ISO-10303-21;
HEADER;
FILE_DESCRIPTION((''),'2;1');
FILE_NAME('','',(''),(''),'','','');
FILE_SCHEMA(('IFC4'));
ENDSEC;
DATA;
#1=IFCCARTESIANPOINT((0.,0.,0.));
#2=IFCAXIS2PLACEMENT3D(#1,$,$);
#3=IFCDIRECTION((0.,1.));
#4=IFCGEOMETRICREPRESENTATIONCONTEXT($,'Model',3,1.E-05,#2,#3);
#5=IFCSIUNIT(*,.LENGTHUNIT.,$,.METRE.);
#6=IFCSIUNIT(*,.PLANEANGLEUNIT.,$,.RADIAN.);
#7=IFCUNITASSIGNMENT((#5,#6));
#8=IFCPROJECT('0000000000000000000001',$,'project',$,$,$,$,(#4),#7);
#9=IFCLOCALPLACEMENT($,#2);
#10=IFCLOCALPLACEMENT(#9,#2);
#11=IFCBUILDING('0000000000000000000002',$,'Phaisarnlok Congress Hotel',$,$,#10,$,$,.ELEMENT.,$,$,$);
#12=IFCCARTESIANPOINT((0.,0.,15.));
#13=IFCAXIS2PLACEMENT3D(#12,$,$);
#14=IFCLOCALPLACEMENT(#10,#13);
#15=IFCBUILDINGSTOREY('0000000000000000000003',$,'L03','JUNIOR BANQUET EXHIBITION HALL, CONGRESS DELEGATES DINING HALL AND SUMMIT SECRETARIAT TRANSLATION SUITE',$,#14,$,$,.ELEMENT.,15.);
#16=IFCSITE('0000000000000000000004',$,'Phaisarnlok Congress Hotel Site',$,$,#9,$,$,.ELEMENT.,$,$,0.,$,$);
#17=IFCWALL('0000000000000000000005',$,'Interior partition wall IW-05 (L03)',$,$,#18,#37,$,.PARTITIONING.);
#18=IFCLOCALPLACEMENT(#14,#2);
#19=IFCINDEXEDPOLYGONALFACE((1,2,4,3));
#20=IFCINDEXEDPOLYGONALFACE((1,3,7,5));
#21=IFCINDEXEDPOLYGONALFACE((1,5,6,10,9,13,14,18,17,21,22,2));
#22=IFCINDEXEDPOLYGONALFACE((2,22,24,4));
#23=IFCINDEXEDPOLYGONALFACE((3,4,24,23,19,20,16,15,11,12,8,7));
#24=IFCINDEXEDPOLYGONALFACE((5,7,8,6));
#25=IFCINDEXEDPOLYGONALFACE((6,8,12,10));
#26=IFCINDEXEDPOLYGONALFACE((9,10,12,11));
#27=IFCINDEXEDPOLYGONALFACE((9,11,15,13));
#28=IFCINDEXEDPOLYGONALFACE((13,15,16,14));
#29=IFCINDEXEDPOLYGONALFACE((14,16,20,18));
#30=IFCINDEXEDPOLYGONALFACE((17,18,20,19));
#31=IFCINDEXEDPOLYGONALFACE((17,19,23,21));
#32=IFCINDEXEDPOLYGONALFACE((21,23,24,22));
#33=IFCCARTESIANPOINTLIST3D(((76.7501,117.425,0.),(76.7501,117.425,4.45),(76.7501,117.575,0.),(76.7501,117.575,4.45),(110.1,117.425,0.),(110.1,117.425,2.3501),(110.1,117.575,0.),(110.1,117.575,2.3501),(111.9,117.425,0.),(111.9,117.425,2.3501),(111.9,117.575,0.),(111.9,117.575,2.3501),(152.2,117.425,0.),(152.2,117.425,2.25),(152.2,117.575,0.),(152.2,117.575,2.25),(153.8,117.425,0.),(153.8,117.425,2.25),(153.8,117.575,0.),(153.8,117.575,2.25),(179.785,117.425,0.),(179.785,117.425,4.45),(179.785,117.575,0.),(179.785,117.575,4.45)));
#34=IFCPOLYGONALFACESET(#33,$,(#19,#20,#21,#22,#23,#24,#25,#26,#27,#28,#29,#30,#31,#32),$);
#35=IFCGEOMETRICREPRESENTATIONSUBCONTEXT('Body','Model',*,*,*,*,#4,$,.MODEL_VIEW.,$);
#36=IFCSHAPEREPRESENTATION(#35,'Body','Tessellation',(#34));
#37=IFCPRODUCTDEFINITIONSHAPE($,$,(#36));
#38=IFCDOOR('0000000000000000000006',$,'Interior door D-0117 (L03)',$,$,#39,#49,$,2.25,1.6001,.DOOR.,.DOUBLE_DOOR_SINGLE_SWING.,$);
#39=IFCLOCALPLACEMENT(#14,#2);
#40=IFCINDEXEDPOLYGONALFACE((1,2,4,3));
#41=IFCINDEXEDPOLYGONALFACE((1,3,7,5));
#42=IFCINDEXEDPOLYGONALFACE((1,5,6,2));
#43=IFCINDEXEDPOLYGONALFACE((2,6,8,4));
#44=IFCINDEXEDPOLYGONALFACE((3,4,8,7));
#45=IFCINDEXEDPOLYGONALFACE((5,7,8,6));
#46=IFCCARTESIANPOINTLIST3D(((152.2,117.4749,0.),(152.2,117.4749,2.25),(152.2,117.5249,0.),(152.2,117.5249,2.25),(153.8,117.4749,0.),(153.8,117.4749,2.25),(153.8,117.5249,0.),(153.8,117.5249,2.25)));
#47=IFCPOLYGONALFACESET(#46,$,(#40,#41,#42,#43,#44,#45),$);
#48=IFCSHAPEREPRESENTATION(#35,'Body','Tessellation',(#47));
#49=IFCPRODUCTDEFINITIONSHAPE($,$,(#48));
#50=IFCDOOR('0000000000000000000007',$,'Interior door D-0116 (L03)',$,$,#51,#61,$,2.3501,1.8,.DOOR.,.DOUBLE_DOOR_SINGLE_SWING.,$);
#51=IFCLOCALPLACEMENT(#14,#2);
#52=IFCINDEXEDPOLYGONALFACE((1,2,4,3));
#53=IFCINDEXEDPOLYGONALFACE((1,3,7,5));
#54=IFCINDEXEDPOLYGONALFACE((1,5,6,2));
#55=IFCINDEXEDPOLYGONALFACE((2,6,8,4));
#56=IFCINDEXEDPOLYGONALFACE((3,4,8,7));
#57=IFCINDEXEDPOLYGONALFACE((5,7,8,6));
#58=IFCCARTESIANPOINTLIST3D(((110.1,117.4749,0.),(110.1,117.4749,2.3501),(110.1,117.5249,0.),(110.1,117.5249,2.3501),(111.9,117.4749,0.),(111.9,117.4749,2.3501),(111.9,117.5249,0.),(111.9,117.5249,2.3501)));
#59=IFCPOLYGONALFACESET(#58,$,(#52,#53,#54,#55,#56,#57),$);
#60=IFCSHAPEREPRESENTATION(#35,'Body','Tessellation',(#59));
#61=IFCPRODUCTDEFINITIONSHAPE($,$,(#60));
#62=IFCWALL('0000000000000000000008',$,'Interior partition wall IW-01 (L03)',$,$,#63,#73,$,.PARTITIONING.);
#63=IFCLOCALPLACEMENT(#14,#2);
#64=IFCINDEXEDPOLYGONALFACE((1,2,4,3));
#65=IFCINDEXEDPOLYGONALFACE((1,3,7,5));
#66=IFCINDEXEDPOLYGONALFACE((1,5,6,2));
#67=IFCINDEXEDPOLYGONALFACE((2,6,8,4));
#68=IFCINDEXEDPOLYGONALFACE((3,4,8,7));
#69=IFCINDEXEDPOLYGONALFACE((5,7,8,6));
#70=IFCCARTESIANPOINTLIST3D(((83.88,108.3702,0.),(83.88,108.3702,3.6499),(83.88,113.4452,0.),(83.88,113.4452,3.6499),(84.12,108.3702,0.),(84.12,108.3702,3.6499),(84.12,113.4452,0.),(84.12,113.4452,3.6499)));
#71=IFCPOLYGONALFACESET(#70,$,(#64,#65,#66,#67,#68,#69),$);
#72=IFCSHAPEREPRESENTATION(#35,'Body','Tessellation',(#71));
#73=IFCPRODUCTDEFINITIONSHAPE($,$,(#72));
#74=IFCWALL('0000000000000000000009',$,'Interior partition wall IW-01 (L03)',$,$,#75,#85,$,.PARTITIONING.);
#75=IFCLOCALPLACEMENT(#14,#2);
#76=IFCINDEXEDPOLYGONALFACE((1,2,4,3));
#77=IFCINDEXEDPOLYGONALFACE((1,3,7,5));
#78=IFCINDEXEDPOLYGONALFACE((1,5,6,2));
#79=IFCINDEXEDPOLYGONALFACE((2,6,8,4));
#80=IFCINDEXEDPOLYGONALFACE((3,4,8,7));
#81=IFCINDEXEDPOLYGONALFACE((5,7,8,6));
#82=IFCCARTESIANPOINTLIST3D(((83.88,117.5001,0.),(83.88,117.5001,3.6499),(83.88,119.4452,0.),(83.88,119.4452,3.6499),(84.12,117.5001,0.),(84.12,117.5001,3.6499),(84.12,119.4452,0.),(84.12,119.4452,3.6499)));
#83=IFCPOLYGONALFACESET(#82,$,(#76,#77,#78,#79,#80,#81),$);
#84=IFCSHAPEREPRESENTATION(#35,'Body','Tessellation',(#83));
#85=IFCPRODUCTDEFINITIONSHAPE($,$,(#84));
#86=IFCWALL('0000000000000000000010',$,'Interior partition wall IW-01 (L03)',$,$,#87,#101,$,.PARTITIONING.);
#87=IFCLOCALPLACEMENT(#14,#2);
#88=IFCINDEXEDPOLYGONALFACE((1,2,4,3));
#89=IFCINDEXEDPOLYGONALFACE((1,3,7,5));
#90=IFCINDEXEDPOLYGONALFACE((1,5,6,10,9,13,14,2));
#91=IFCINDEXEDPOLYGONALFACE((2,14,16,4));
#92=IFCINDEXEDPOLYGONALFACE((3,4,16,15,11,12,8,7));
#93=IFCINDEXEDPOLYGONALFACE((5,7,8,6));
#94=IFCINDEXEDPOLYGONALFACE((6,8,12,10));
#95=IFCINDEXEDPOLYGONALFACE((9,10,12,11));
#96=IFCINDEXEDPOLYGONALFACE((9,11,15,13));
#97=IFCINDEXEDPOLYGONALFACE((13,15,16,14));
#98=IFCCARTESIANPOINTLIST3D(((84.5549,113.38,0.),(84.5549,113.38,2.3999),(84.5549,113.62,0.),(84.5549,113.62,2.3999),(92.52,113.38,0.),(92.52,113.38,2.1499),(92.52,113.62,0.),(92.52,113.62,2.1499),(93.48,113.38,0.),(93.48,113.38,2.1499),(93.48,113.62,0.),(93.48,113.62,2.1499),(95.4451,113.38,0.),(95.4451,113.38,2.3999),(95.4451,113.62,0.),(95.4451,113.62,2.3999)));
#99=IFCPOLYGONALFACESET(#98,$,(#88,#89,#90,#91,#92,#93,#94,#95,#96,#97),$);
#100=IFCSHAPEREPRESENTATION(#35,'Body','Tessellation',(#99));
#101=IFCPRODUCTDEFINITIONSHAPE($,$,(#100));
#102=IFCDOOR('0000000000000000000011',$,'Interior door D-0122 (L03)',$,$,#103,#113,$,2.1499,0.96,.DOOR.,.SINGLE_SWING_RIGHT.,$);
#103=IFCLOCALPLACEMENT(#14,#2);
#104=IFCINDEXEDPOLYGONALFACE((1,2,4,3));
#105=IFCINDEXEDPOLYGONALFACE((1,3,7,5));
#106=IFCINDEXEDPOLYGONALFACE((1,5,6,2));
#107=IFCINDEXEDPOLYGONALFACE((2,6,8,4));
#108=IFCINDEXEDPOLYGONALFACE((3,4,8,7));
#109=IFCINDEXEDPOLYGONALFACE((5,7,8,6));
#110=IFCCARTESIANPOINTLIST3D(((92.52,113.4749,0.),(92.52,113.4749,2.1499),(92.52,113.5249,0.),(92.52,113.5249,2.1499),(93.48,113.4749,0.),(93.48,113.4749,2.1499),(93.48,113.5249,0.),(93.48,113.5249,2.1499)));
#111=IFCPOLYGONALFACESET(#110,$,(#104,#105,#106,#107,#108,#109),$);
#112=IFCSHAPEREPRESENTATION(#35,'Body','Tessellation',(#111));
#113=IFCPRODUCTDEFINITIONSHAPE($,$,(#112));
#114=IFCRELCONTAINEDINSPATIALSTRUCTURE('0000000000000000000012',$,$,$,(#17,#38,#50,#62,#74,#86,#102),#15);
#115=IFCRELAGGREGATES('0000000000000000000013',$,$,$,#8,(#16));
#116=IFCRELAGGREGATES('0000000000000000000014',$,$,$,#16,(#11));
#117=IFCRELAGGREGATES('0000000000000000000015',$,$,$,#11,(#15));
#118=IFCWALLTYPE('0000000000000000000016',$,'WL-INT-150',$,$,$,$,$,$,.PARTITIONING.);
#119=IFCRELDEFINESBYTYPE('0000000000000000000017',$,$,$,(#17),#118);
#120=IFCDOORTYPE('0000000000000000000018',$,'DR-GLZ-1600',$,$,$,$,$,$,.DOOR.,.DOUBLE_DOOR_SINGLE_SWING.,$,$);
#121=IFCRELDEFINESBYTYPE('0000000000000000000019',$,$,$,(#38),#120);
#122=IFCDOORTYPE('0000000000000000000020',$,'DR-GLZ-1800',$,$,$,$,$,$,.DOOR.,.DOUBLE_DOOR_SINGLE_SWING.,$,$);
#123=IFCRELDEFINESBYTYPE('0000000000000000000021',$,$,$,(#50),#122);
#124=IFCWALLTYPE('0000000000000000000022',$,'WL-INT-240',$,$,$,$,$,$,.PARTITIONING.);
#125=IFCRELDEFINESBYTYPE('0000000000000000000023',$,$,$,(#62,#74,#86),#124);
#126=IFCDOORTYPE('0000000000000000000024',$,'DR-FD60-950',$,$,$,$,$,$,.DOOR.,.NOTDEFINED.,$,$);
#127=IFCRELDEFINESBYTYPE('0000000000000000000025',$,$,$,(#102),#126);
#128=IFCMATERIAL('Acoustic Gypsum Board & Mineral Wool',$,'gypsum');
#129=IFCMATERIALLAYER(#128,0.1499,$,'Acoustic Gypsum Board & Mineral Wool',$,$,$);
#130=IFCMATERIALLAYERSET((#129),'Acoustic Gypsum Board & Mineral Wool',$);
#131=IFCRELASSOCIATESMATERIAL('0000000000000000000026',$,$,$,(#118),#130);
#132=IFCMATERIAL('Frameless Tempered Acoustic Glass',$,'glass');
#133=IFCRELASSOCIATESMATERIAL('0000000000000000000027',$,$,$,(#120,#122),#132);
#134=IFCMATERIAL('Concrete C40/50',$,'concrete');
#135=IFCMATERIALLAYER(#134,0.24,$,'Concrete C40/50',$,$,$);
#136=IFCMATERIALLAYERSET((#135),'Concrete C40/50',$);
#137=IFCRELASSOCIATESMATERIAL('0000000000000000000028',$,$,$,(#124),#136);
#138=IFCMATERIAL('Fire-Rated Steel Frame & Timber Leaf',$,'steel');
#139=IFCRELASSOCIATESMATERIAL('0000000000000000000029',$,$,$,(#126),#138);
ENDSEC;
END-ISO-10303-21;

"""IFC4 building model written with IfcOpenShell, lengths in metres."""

from ifc_helpers import new_model, si_unit, direction, frame, frame_2d, origin, place, context, subcontext, project, spatial, rectangle, extrude, material, layer, layer_set, type_object, element, fill, save


model = new_model("IFC4")

# Units and contexts
model_context = context("Model", 3, precision=1e-05, world=origin(), true_north=direction((0.0, 1.0)))
body_context = subcontext(model_context, "Body", "Model", "MODEL_VIEW")
ifc_project = project(units=[si_unit("LENGTHUNIT", "METRE"), si_unit("PLANEANGLEUNIT", "RADIAN")], contexts=[model_context])

# Site, building, storey
site_placement = place(None, origin())
site = spatial("IfcSite", under=ifc_project, at=site_placement, Name="Phaisarnlok Congress Hotel Site", CompositionType="ELEMENT", RefElevation=0.0)
building_placement = place(site_placement, origin())
building = spatial("IfcBuilding", under=site, at=building_placement, Name="Phaisarnlok Congress Hotel", CompositionType="ELEMENT")
storey_placement = place(building_placement, frame((0.0, 0.0, 15.0)))
storey = spatial("IfcBuildingStorey", under=building, at=storey_placement, Name="L03", Description="JUNIOR BANQUET EXHIBITION HALL, CONGRESS DELEGATES DINING HALL AND SUMMIT SECRETARIAT TRANSLATION SUITE", CompositionType="ELEMENT", Elevation=15.0)

# Shared definitions
ifc_material_1 = material(Name="Concrete C40/50", Category="concrete")

# Wall, openings, doors
ifc_material_2 = material(Name="Acoustic Gypsum Board & Mineral Wool", Category="gypsum")
ifc_layer_1 = layer(ifc_material_2, 0.1499, Name="Acoustic Gypsum Board & Mineral Wool")
ifc_layer_set_1 = layer_set([ifc_layer_1], Name="Acoustic Gypsum Board & Mineral Wool")
wall_type_1 = type_object("IfcWallType", Name="WL-INT-150", PredefinedType="PARTITIONING", material=ifc_layer_set_1)
wall_1_placement = place(storey_placement, frame((76.75, 117.5, 0.0), z_axis=(0.0, 0.0, 1.0), x_axis=(1.0, 0.0, 0.0)))
wall_1 = element("IfcWall", 1, at=wall_1_placement, inside=storey, type_object=wall_type_1, Name="Interior partition wall IW-05 (L03)", PredefinedType="PARTITIONING", context=body_context, shape_type="SweptSolid", body=[
    extrude(rectangle(XDim=103.0349, YDim=0.1499, at=frame_2d((51.5176, 0.0))), origin(), (0.0, 0.0, 1.0), 4.45),
])
opening_1_placement = place(wall_1_placement, frame((33.3501, 0.0, 0.0)))
opening_1 = element("IfcOpeningElement", 2, at=opening_1_placement, cuts=wall_1, PredefinedType="OPENING", context=body_context, shape_type="SweptSolid", body=[
    extrude(rectangle(XDim=1.8, YDim=2.3501, at=frame_2d((0.8999, 1.175))), frame((0.0, 0.085, 0.0), z_axis=(0.0, -1.0, 0.0), x_axis=(1.0, 0.0, 0.0)), (0.0, 0.0, 1.0), 0.1699),
])
opening_2_placement = place(wall_1_placement, frame((75.45, 0.0, 0.0)))
opening_2 = element("IfcOpeningElement", 3, at=opening_2_placement, cuts=wall_1, PredefinedType="OPENING", context=body_context, shape_type="SweptSolid", body=[
    extrude(rectangle(XDim=1.6001, YDim=2.25, at=frame_2d((0.8, 1.125))), frame((0.0, 0.085, 0.0), z_axis=(0.0, -1.0, 0.0), x_axis=(1.0, 0.0, 0.0)), (0.0, 0.0, 1.0), 0.1699),
])
ifc_material_3 = material(Name="Frameless Tempered Acoustic Glass", Category="glass")
door_type_1 = type_object("IfcDoorType", Name="DR-GLZ-1600", OperationType="DOUBLE_DOOR_SINGLE_SWING", PredefinedType="DOOR", material=ifc_material_3)
door_1_placement = place(opening_2_placement, origin())
door_1 = element("IfcDoor", 4, at=door_1_placement, inside=storey, type_object=door_type_1, Name="Interior door D-0117 (L03)", OperationType="DOUBLE_DOOR_SINGLE_SWING", OverallHeight=2.25, OverallWidth=1.6001, PredefinedType="DOOR", context=body_context, shape_type="SweptSolid", body=[
    extrude(rectangle(XDim=1.6001, YDim=2.25, at=frame_2d((0.8, 1.125))), frame((0.0, 0.0249, 0.0), z_axis=(0.0, -1.0, 0.0), x_axis=(1.0, 0.0, 0.0)), (0.0, 0.0, 1.0), 0.05),
])
fill(opening_2, door_1)
door_type_2 = type_object("IfcDoorType", Name="DR-GLZ-1800", OperationType="DOUBLE_DOOR_SINGLE_SWING", PredefinedType="DOOR", material=ifc_material_3)
door_2_placement = place(opening_1_placement, origin())
door_2 = element("IfcDoor", 5, at=door_2_placement, inside=storey, type_object=door_type_2, Name="Interior door D-0116 (L03)", OperationType="DOUBLE_DOOR_SINGLE_SWING", OverallHeight=2.3501, OverallWidth=1.8, PredefinedType="DOOR", context=body_context, shape_type="SweptSolid", body=[
    extrude(rectangle(XDim=1.8, YDim=2.3501, at=frame_2d((0.8999, 1.175))), frame((0.0, 0.0249, 0.0), z_axis=(0.0, -1.0, 0.0), x_axis=(1.0, 0.0, 0.0)), (0.0, 0.0, 1.0), 0.05),
])
fill(opening_1, door_2)

# Walls
ifc_layer_2 = layer(ifc_material_1, 0.24, Name="Concrete C40/50")
ifc_layer_set_2 = layer_set([ifc_layer_2], Name="Concrete C40/50")
wall_type_2 = type_object("IfcWallType", Name="WL-INT-240", PredefinedType="PARTITIONING", material=ifc_layer_set_2)
wall_2_placement = place(storey_placement, frame((84.0, 108.3701, 0.0), z_axis=(0.0, 0.0, 1.0), x_axis=(0.0, 1.0, 0.0)))
element("IfcWall", 6, at=wall_2_placement, inside=storey, type_object=wall_type_2, Name="Interior partition wall IW-01 (L03)", PredefinedType="PARTITIONING", context=body_context, shape_type="SweptSolid", body=[
    extrude(rectangle(XDim=5.075, YDim=0.24, at=frame_2d((2.5376, 0.0))), origin(), (0.0, 0.0, 1.0), 3.6499),
])
wall_3_placement = place(storey_placement, frame((84.0, 117.5, 0.0), z_axis=(0.0, 0.0, 1.0), x_axis=(0.0, 1.0, 0.0)))
element("IfcWall", 7, at=wall_3_placement, inside=storey, type_object=wall_type_2, Name="Interior partition wall IW-01 (L03)", PredefinedType="PARTITIONING", context=body_context, shape_type="SweptSolid", body=[
    extrude(rectangle(XDim=1.9451, YDim=0.24, at=frame_2d((0.9727, 0.0))), origin(), (0.0, 0.0, 1.0), 3.6499),
])

# Wall, opening, door
ifc_material_4 = material(Name="Fire-Rated Steel Frame & Timber Leaf", Category="steel")
wall_4_placement = place(storey_placement, frame((84.5549, 113.5, 0.0), z_axis=(0.0, 0.0, 1.0), x_axis=(1.0, 0.0, 0.0)))
wall_4 = element("IfcWall", 8, at=wall_4_placement, inside=storey, type_object=wall_type_2, Name="Interior partition wall IW-01 (L03)", PredefinedType="PARTITIONING", context=body_context, shape_type="SweptSolid", body=[
    extrude(rectangle(XDim=10.8901, YDim=0.24, at=frame_2d((5.4451, 0.0))), origin(), (0.0, 0.0, 1.0), 2.3999),
])
opening_3_placement = place(wall_4_placement, frame((7.9651, 0.0, 0.0)))
opening_3 = element("IfcOpeningElement", 9, at=opening_3_placement, cuts=wall_4, PredefinedType="OPENING", context=body_context, shape_type="SweptSolid", body=[
    extrude(rectangle(XDim=0.96, YDim=2.1499, at=frame_2d((0.48, 1.075))), frame((0.0, 0.1299, 0.0), z_axis=(0.0, -1.0, 0.0), x_axis=(1.0, 0.0, 0.0)), (0.0, 0.0, 1.0), 0.26),
])
door_type_3 = type_object("IfcDoorType", Name="DR-FD60-950", OperationType="NOTDEFINED", PredefinedType="DOOR", material=ifc_material_4)
door_3_placement = place(opening_3_placement, origin())
door_3 = element("IfcDoor", 10, at=door_3_placement, inside=storey, type_object=door_type_3, Name="Interior door D-0122 (L03)", OperationType="SINGLE_SWING_RIGHT", OverallHeight=2.1499, OverallWidth=0.96, PredefinedType="DOOR", context=body_context, shape_type="SweptSolid", body=[
    extrude(rectangle(XDim=0.96, YDim=2.1499, at=frame_2d((0.48, 1.075))), frame((0.0, 0.0249, 0.0), z_axis=(0.0, -1.0, 0.0), x_axis=(1.0, 0.0, 0.0)), (0.0, 0.0, 1.0), 0.05),
])
fill(opening_3, door_3)

save(model, "model.ifc")
